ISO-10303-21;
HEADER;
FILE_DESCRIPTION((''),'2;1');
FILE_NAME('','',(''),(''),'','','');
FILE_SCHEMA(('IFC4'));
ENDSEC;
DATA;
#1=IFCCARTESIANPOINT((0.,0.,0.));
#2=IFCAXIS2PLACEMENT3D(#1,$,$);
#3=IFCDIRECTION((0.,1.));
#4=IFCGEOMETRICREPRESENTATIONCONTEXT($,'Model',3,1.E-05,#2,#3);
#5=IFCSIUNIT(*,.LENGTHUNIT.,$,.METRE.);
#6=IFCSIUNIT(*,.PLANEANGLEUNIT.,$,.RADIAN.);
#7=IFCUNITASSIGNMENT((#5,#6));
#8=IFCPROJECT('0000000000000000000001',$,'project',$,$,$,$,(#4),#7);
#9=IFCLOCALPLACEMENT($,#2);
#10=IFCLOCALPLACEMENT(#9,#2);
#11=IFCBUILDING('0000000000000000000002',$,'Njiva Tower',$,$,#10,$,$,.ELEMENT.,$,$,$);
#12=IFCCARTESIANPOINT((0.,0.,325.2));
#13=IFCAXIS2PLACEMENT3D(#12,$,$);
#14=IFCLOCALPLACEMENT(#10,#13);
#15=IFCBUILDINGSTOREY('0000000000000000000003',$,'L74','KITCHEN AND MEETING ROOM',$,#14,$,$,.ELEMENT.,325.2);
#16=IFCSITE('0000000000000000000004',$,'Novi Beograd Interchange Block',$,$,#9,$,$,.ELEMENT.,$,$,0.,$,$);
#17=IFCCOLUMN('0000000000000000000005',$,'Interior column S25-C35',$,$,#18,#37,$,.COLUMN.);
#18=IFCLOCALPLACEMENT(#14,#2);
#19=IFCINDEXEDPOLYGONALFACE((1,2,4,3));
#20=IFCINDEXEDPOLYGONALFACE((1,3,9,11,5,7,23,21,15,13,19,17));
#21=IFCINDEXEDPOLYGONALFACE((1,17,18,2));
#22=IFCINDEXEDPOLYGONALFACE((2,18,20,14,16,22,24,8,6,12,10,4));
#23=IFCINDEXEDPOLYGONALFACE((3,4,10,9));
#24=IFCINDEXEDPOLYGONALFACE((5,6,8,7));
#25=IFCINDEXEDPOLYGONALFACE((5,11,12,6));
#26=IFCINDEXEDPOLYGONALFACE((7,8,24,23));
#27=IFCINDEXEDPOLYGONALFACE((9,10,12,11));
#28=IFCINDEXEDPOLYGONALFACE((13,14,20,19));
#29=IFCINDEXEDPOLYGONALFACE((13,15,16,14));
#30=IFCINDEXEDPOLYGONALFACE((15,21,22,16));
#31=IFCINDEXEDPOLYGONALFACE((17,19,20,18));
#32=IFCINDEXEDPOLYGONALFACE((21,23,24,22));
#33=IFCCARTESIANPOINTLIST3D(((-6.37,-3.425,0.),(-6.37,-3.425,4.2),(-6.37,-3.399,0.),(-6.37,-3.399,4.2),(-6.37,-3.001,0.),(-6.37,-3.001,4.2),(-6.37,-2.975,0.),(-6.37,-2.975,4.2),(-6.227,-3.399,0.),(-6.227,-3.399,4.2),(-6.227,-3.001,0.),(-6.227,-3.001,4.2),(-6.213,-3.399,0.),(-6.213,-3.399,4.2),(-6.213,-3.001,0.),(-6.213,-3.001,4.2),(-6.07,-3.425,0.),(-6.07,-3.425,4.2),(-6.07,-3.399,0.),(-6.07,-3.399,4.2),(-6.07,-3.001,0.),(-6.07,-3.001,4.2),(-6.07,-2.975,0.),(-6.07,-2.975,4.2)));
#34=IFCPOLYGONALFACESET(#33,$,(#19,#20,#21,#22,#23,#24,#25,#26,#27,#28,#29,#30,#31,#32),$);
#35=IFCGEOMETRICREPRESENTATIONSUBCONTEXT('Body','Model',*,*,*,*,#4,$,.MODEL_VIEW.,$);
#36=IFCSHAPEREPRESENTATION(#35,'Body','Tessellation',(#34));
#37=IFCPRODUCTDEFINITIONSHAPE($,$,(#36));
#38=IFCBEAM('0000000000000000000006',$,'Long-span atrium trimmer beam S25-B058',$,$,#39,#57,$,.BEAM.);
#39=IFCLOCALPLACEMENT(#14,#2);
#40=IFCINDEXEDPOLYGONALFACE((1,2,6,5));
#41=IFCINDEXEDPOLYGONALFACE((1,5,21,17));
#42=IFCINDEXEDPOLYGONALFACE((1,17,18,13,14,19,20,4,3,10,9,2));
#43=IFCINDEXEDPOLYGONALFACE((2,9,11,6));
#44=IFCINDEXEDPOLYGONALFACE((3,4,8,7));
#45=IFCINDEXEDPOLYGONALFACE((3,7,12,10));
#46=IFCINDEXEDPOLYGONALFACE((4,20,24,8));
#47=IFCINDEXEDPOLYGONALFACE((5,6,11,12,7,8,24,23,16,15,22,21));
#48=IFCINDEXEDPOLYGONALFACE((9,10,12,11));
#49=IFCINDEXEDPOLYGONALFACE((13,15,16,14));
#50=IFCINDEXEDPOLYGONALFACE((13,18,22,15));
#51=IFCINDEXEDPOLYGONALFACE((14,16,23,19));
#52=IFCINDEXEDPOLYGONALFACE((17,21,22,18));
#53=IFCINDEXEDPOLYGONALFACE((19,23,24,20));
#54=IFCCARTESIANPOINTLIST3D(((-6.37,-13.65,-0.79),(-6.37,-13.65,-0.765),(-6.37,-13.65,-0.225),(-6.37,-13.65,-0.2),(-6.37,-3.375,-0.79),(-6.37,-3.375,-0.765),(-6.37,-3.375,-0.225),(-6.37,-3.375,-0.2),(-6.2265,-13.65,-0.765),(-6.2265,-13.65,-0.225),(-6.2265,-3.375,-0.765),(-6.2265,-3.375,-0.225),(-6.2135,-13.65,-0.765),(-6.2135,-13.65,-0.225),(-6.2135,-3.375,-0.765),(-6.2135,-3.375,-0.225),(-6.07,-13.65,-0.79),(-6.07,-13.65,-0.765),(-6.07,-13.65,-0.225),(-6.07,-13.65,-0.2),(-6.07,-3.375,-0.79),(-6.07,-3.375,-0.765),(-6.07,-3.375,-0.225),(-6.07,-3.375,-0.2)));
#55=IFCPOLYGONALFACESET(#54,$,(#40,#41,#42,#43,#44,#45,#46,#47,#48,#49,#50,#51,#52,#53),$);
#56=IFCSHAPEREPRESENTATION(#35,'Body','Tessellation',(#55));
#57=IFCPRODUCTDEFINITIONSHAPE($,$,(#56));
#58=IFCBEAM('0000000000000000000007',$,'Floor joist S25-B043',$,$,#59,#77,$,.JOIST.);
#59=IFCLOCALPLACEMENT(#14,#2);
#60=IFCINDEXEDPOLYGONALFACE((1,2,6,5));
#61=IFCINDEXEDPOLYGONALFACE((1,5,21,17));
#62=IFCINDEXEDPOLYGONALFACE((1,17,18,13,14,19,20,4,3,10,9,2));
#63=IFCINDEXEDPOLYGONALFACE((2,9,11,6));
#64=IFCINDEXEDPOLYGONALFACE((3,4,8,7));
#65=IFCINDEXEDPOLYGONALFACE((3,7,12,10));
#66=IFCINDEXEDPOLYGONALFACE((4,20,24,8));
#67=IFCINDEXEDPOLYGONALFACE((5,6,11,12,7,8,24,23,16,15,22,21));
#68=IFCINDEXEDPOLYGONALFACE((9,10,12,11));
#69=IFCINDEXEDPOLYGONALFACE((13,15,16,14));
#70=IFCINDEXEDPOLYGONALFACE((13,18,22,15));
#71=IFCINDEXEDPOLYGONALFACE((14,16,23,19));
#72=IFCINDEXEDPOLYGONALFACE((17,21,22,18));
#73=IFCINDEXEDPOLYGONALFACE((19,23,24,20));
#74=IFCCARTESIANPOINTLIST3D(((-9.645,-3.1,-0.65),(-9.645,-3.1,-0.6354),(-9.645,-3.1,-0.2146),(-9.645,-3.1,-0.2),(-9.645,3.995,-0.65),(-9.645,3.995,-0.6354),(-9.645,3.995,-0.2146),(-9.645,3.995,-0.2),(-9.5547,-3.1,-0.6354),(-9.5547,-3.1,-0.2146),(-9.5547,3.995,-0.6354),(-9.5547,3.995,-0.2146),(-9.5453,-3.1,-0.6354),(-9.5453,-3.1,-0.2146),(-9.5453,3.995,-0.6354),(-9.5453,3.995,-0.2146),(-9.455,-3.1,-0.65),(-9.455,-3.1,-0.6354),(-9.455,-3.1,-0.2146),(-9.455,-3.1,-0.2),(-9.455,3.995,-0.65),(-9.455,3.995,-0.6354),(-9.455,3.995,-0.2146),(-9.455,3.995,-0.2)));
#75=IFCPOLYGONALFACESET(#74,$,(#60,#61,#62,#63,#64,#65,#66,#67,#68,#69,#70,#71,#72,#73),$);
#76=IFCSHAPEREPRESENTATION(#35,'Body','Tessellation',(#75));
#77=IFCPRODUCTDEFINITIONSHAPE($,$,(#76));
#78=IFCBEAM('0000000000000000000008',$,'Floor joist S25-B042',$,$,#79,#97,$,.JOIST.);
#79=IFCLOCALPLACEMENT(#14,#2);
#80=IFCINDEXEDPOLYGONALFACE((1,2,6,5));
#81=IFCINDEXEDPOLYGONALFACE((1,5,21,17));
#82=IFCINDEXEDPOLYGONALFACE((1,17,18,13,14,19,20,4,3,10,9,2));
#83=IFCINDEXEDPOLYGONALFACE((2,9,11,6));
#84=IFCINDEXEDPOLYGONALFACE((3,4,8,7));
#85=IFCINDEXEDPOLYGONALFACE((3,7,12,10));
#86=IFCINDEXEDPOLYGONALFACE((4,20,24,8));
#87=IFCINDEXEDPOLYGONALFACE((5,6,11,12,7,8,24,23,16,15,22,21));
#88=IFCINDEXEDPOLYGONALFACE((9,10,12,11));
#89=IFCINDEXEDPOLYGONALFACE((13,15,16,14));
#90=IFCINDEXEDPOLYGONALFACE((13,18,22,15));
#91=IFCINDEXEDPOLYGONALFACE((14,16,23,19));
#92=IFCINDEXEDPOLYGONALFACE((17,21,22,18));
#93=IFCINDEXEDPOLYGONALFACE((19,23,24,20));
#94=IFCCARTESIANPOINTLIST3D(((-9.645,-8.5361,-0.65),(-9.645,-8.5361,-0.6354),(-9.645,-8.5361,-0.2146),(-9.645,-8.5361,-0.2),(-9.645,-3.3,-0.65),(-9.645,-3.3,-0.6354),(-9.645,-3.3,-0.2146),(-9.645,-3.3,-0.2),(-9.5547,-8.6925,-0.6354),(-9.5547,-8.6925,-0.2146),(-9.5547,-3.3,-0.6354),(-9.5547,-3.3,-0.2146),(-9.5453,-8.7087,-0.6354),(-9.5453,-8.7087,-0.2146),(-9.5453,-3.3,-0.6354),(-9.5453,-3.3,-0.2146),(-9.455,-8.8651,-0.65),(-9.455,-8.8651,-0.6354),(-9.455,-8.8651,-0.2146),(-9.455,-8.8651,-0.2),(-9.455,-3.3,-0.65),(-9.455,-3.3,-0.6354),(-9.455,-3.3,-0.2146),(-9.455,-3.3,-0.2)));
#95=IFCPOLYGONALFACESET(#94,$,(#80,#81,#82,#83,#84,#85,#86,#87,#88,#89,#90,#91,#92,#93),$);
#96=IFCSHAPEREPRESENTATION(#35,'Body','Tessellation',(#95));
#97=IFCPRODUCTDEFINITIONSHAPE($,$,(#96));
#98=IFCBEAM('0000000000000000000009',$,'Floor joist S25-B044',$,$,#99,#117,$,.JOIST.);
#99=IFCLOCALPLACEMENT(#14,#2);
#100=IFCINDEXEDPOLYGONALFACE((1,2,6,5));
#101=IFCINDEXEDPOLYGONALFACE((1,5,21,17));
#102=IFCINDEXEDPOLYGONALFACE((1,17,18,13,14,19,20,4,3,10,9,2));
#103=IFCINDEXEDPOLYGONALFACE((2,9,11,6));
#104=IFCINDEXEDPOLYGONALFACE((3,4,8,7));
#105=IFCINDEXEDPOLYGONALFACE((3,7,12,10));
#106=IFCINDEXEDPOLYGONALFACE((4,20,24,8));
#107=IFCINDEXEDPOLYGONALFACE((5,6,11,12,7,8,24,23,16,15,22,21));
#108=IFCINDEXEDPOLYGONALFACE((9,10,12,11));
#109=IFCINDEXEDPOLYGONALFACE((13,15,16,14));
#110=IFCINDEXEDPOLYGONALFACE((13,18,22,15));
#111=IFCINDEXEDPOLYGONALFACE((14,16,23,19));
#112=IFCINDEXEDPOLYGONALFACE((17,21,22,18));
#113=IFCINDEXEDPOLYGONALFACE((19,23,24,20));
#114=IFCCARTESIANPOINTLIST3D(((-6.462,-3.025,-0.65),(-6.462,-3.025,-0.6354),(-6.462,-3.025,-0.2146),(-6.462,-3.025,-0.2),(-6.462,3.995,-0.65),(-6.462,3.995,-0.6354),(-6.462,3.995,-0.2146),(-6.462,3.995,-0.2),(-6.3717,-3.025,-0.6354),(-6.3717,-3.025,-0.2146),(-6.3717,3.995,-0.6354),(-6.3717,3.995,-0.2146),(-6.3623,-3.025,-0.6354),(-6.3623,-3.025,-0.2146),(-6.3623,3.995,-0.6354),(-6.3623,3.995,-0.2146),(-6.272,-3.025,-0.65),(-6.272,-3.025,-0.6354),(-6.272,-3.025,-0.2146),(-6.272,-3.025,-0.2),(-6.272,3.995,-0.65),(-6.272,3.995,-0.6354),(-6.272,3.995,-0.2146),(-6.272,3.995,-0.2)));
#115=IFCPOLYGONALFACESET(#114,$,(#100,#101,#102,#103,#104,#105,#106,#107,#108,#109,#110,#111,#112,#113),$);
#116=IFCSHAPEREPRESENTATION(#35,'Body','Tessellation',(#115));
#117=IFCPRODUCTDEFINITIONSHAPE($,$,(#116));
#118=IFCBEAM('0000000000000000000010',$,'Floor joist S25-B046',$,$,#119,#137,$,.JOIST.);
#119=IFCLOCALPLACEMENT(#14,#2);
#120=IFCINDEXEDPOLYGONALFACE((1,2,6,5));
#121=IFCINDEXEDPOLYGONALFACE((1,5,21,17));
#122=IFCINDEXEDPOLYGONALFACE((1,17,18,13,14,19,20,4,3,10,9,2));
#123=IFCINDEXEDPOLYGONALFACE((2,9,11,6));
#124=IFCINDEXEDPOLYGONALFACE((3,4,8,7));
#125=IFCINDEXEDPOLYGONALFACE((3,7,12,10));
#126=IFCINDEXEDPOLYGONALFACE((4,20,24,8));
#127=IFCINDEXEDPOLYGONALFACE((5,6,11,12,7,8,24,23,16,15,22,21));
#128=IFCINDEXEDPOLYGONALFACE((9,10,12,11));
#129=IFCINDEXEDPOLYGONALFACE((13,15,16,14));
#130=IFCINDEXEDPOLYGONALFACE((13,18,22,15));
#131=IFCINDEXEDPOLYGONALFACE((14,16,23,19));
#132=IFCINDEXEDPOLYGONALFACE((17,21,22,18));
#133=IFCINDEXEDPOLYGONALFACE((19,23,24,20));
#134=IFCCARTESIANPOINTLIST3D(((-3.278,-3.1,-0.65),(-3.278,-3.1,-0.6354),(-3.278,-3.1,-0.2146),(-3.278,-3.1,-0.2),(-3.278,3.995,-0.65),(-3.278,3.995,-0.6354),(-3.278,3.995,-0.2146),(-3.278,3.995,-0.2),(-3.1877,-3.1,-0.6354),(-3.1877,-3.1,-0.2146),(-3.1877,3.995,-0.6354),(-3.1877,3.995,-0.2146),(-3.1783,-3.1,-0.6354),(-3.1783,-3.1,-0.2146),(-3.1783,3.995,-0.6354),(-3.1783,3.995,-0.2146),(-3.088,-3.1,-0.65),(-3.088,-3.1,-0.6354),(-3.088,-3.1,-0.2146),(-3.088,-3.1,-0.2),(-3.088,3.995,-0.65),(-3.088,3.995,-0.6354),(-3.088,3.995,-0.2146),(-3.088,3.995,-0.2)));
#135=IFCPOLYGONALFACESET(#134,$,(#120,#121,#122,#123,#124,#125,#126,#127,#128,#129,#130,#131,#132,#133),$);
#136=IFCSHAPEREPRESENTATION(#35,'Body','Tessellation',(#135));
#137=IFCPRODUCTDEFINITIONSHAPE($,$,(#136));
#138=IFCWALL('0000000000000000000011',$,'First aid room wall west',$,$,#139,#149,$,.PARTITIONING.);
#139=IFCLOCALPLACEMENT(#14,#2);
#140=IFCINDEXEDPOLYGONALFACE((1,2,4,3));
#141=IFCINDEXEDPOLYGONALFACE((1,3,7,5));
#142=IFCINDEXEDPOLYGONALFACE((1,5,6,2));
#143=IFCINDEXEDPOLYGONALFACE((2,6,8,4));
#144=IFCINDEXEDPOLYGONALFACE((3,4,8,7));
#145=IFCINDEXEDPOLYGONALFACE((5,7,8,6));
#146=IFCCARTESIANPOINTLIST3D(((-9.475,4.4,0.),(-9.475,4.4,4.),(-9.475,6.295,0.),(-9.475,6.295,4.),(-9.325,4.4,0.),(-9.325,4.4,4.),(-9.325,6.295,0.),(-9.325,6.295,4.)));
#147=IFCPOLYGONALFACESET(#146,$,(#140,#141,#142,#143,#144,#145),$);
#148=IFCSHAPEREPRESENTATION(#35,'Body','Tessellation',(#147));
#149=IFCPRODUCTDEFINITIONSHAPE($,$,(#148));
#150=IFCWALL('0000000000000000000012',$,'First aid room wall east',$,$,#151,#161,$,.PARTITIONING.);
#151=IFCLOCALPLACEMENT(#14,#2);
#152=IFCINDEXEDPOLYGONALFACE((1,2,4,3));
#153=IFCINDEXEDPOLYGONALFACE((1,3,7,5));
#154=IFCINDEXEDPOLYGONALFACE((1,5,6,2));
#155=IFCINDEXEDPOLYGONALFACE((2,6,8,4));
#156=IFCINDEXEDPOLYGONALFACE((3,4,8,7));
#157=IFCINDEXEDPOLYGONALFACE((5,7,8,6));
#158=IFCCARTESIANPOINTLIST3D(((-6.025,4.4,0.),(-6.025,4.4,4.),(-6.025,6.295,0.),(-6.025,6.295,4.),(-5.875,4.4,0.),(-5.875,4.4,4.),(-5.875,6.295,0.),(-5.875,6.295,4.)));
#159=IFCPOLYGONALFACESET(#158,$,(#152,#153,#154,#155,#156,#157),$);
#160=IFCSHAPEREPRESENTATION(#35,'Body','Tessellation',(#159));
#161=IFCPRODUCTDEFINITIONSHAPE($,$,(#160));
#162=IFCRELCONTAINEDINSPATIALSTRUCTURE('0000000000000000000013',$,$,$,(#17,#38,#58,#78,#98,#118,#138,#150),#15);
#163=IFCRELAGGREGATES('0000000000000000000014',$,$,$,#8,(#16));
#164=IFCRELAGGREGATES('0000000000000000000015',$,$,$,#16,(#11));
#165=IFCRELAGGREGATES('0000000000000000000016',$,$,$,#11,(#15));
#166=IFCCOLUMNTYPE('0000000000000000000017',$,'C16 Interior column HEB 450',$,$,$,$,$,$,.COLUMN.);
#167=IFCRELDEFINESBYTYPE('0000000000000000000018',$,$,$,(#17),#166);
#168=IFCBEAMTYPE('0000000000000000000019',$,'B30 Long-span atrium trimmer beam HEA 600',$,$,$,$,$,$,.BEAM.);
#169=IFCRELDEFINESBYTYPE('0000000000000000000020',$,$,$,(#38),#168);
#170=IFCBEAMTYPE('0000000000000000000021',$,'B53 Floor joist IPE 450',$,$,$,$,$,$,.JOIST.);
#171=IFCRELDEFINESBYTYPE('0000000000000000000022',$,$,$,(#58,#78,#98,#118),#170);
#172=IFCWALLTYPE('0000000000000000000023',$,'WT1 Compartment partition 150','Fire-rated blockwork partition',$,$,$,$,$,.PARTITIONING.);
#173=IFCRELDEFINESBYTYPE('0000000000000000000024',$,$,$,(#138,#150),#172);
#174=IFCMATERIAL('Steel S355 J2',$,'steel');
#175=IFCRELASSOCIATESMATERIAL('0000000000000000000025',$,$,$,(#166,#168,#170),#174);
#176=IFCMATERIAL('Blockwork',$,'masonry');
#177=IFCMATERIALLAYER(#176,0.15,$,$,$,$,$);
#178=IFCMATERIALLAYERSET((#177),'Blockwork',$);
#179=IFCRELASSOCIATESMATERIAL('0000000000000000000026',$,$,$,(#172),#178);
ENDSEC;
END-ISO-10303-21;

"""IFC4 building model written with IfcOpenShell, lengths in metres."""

from ifc_helpers import new_model, si_unit, direction, frame, frame_2d, origin, origin_2d, place, context, subcontext, project, spatial, rectangle, i_section, extrude, clip, halfspace, material, layer, layer_set, material_profile, profile_set, type_object, element, save


model = new_model("IFC4")

# Units and contexts
model_context = context("Model", 3, precision=1e-05, world=origin(), true_north=direction((0.0, 1.0)))
body_context = subcontext(model_context, "Body", "Model", "MODEL_VIEW")
ifc_project = project(units=[si_unit("LENGTHUNIT", "METRE"), si_unit("PLANEANGLEUNIT", "RADIAN")], contexts=[model_context])

# Site, building, storey
site_placement = place(None, origin())
site = spatial("IfcSite", under=ifc_project, at=site_placement, Name="Novi Beograd Interchange Block", CompositionType="ELEMENT", RefElevation=0.0)
building_placement = place(site_placement, origin())
building = spatial("IfcBuilding", under=site, at=building_placement, Name="Njiva Tower", CompositionType="ELEMENT")
storey_placement = place(building_placement, frame((0.0, 0.0, 325.2)))
storey = spatial("IfcBuildingStorey", under=building, at=storey_placement, Name="L74", Description="KITCHEN AND MEETING ROOM", CompositionType="ELEMENT", Elevation=325.2)

# Column
ifc_material_1 = material(Name="Steel S355 J2", Category="steel")
ifc_material_profile_1 = material_profile(ifc_material_1, i_section(OverallWidth=0.3, OverallDepth=0.45, WebThickness=0.014, FlangeThickness=0.026, at=origin_2d()), Name="HEB 450")
ifc_profile_set_1 = profile_set([ifc_material_profile_1], Name="Steel S355 J2")
column_type = type_object("IfcColumnType", Name="C16 Interior column HEB 450", PredefinedType="COLUMN", material=ifc_profile_set_1)
column_placement = place(storey_placement, frame((-6.22, -3.2, 0.0), z_axis=(0.0, 0.0, 1.0), x_axis=(1.0, 0.0, 0.0)))
element("IfcColumn", 1, at=column_placement, inside=storey, type_object=column_type, Name="Interior column S25-C35", PredefinedType="COLUMN", context=body_context, shape_type="SweptSolid", body=[
    extrude(i_section(OverallWidth=0.3, OverallDepth=0.45, WebThickness=0.014, FlangeThickness=0.026, at=origin_2d()), origin(), (0.0, 0.0, 1.0), 4.2),
])

# Beams
ifc_material_profile_2 = material_profile(ifc_material_1, i_section(OverallWidth=0.3, OverallDepth=0.59, WebThickness=0.013, FlangeThickness=0.025, at=origin_2d()), Name="HEA 600")
ifc_profile_set_2 = profile_set([ifc_material_profile_2], Name="Steel S355 J2")
beam_type_1 = type_object("IfcBeamType", Name="B30 Long-span atrium trimmer beam HEA 600", PredefinedType="BEAM", material=ifc_profile_set_2)
beam_1_placement = place(storey_placement, frame((-6.22, -3.375, -0.495), z_axis=(0.0, -1.0, 0.0), x_axis=(1.0, 0.0, 0.0)))
element("IfcBeam", 2, at=beam_1_placement, inside=storey, type_object=beam_type_1, Name="Long-span atrium trimmer beam S25-B058", PredefinedType="BEAM", context=body_context, shape_type="SweptSolid", body=[
    extrude(i_section(OverallWidth=0.3, OverallDepth=0.59, WebThickness=0.013, FlangeThickness=0.025, at=origin_2d()), origin(), (0.0, 0.0, 1.0), 10.275),
])
ifc_material_profile_3 = material_profile(ifc_material_1, i_section(OverallWidth=0.19, OverallDepth=0.45, WebThickness=0.0094, FlangeThickness=0.0146, at=origin_2d()), Name="IPE 450")
ifc_profile_set_3 = profile_set([ifc_material_profile_3], Name="Steel S355 J2")
beam_type_2 = type_object("IfcBeamType", Name="B53 Floor joist IPE 450", PredefinedType="JOIST", material=ifc_profile_set_3)
beam_2_placement = place(storey_placement, frame((-9.55, 3.995, -0.425), z_axis=(0.0, -1.0, 0.0), x_axis=(1.0, 0.0, 0.0)))
element("IfcBeam", 3, at=beam_2_placement, inside=storey, type_object=beam_type_2, Name="Floor joist S25-B043", PredefinedType="JOIST", context=body_context, shape_type="SweptSolid", body=[
    extrude(i_section(OverallWidth=0.19, OverallDepth=0.45, WebThickness=0.0094, FlangeThickness=0.0146, at=origin_2d()), origin(), (0.0, 0.0, 1.0), 7.095),
])
beam_3_placement = place(storey_placement, frame((-9.55, -3.3, -0.425), z_axis=(0.0, -1.0, 0.0), x_axis=(1.0, 0.0, 0.0)))
element("IfcBeam", 4, at=beam_3_placement, inside=storey, type_object=beam_type_2, Name="Floor joist S25-B042", PredefinedType="JOIST", context=body_context, shape_type="Clipping", body=[
    clip(extrude(i_section(OverallWidth=0.19, OverallDepth=0.45, WebThickness=0.0094, FlangeThickness=0.0146, at=origin_2d()), origin(), (0.0, 0.0, 1.0), 5.586), halfspace(frame((-0.0433, 0.0, 5.3256), z_axis=(-0.866027, 0.0, 0.499998), x_axis=(0.0, 1.0, 0.0)), False)),
])
beam_4_placement = place(storey_placement, frame((-6.367, 3.995, -0.425), z_axis=(0.0, -1.0, 0.0), x_axis=(1.0, 0.0, 0.0)))
element("IfcBeam", 5, at=beam_4_placement, inside=storey, type_object=beam_type_2, Name="Floor joist S25-B044", PredefinedType="JOIST", context=body_context, shape_type="SweptSolid", body=[
    extrude(i_section(OverallWidth=0.19, OverallDepth=0.45, WebThickness=0.0094, FlangeThickness=0.0146, at=origin_2d()), origin(), (0.0, 0.0, 1.0), 7.02),
])
beam_5_placement = place(storey_placement, frame((-3.183, 3.995, -0.425), z_axis=(0.0, -1.0, 0.0), x_axis=(1.0, 0.0, 0.0)))
element("IfcBeam", 6, at=beam_5_placement, inside=storey, type_object=beam_type_2, Name="Floor joist S25-B046", PredefinedType="JOIST", context=body_context, shape_type="SweptSolid", body=[
    extrude(i_section(OverallWidth=0.19, OverallDepth=0.45, WebThickness=0.0094, FlangeThickness=0.0146, at=origin_2d()), origin(), (0.0, 0.0, 1.0), 7.095),
])

# Walls
ifc_material_2 = material(Name="Blockwork", Category="masonry")
ifc_layer_1 = layer(ifc_material_2, 0.15)
ifc_layer_set_1 = layer_set([ifc_layer_1], Name="Blockwork")
wall_type_1 = type_object("IfcWallType", Name="WT1 Compartment partition 150", Description="Fire-rated blockwork partition", PredefinedType="PARTITIONING", material=ifc_layer_set_1)
for number, where, z_axis, x_axis, name in (
    (7, (-9.4, 4.4, 0.0), (0.0, 0.0, 1.0), (0.0, 1.0, 0.0), "First aid room wall west"),
    (8, (-5.95, 4.4, 0.0), (0.0, 0.0, 1.0), (0.0, 1.0, 0.0), "First aid room wall east"),
):
    element("IfcWall", number, at=place(storey_placement, frame(where, z_axis=z_axis, x_axis=x_axis)), inside=storey, type_object=wall_type_1, Name=name, PredefinedType="PARTITIONING", context=body_context, shape_type="SweptSolid", body=[
        extrude(rectangle(XDim=1.895, YDim=0.15, at=frame_2d((0.9475, 0.0))), origin(), (0.0, 0.0, 1.0), 4.0),
    ])

save(model, "model.ifc")
